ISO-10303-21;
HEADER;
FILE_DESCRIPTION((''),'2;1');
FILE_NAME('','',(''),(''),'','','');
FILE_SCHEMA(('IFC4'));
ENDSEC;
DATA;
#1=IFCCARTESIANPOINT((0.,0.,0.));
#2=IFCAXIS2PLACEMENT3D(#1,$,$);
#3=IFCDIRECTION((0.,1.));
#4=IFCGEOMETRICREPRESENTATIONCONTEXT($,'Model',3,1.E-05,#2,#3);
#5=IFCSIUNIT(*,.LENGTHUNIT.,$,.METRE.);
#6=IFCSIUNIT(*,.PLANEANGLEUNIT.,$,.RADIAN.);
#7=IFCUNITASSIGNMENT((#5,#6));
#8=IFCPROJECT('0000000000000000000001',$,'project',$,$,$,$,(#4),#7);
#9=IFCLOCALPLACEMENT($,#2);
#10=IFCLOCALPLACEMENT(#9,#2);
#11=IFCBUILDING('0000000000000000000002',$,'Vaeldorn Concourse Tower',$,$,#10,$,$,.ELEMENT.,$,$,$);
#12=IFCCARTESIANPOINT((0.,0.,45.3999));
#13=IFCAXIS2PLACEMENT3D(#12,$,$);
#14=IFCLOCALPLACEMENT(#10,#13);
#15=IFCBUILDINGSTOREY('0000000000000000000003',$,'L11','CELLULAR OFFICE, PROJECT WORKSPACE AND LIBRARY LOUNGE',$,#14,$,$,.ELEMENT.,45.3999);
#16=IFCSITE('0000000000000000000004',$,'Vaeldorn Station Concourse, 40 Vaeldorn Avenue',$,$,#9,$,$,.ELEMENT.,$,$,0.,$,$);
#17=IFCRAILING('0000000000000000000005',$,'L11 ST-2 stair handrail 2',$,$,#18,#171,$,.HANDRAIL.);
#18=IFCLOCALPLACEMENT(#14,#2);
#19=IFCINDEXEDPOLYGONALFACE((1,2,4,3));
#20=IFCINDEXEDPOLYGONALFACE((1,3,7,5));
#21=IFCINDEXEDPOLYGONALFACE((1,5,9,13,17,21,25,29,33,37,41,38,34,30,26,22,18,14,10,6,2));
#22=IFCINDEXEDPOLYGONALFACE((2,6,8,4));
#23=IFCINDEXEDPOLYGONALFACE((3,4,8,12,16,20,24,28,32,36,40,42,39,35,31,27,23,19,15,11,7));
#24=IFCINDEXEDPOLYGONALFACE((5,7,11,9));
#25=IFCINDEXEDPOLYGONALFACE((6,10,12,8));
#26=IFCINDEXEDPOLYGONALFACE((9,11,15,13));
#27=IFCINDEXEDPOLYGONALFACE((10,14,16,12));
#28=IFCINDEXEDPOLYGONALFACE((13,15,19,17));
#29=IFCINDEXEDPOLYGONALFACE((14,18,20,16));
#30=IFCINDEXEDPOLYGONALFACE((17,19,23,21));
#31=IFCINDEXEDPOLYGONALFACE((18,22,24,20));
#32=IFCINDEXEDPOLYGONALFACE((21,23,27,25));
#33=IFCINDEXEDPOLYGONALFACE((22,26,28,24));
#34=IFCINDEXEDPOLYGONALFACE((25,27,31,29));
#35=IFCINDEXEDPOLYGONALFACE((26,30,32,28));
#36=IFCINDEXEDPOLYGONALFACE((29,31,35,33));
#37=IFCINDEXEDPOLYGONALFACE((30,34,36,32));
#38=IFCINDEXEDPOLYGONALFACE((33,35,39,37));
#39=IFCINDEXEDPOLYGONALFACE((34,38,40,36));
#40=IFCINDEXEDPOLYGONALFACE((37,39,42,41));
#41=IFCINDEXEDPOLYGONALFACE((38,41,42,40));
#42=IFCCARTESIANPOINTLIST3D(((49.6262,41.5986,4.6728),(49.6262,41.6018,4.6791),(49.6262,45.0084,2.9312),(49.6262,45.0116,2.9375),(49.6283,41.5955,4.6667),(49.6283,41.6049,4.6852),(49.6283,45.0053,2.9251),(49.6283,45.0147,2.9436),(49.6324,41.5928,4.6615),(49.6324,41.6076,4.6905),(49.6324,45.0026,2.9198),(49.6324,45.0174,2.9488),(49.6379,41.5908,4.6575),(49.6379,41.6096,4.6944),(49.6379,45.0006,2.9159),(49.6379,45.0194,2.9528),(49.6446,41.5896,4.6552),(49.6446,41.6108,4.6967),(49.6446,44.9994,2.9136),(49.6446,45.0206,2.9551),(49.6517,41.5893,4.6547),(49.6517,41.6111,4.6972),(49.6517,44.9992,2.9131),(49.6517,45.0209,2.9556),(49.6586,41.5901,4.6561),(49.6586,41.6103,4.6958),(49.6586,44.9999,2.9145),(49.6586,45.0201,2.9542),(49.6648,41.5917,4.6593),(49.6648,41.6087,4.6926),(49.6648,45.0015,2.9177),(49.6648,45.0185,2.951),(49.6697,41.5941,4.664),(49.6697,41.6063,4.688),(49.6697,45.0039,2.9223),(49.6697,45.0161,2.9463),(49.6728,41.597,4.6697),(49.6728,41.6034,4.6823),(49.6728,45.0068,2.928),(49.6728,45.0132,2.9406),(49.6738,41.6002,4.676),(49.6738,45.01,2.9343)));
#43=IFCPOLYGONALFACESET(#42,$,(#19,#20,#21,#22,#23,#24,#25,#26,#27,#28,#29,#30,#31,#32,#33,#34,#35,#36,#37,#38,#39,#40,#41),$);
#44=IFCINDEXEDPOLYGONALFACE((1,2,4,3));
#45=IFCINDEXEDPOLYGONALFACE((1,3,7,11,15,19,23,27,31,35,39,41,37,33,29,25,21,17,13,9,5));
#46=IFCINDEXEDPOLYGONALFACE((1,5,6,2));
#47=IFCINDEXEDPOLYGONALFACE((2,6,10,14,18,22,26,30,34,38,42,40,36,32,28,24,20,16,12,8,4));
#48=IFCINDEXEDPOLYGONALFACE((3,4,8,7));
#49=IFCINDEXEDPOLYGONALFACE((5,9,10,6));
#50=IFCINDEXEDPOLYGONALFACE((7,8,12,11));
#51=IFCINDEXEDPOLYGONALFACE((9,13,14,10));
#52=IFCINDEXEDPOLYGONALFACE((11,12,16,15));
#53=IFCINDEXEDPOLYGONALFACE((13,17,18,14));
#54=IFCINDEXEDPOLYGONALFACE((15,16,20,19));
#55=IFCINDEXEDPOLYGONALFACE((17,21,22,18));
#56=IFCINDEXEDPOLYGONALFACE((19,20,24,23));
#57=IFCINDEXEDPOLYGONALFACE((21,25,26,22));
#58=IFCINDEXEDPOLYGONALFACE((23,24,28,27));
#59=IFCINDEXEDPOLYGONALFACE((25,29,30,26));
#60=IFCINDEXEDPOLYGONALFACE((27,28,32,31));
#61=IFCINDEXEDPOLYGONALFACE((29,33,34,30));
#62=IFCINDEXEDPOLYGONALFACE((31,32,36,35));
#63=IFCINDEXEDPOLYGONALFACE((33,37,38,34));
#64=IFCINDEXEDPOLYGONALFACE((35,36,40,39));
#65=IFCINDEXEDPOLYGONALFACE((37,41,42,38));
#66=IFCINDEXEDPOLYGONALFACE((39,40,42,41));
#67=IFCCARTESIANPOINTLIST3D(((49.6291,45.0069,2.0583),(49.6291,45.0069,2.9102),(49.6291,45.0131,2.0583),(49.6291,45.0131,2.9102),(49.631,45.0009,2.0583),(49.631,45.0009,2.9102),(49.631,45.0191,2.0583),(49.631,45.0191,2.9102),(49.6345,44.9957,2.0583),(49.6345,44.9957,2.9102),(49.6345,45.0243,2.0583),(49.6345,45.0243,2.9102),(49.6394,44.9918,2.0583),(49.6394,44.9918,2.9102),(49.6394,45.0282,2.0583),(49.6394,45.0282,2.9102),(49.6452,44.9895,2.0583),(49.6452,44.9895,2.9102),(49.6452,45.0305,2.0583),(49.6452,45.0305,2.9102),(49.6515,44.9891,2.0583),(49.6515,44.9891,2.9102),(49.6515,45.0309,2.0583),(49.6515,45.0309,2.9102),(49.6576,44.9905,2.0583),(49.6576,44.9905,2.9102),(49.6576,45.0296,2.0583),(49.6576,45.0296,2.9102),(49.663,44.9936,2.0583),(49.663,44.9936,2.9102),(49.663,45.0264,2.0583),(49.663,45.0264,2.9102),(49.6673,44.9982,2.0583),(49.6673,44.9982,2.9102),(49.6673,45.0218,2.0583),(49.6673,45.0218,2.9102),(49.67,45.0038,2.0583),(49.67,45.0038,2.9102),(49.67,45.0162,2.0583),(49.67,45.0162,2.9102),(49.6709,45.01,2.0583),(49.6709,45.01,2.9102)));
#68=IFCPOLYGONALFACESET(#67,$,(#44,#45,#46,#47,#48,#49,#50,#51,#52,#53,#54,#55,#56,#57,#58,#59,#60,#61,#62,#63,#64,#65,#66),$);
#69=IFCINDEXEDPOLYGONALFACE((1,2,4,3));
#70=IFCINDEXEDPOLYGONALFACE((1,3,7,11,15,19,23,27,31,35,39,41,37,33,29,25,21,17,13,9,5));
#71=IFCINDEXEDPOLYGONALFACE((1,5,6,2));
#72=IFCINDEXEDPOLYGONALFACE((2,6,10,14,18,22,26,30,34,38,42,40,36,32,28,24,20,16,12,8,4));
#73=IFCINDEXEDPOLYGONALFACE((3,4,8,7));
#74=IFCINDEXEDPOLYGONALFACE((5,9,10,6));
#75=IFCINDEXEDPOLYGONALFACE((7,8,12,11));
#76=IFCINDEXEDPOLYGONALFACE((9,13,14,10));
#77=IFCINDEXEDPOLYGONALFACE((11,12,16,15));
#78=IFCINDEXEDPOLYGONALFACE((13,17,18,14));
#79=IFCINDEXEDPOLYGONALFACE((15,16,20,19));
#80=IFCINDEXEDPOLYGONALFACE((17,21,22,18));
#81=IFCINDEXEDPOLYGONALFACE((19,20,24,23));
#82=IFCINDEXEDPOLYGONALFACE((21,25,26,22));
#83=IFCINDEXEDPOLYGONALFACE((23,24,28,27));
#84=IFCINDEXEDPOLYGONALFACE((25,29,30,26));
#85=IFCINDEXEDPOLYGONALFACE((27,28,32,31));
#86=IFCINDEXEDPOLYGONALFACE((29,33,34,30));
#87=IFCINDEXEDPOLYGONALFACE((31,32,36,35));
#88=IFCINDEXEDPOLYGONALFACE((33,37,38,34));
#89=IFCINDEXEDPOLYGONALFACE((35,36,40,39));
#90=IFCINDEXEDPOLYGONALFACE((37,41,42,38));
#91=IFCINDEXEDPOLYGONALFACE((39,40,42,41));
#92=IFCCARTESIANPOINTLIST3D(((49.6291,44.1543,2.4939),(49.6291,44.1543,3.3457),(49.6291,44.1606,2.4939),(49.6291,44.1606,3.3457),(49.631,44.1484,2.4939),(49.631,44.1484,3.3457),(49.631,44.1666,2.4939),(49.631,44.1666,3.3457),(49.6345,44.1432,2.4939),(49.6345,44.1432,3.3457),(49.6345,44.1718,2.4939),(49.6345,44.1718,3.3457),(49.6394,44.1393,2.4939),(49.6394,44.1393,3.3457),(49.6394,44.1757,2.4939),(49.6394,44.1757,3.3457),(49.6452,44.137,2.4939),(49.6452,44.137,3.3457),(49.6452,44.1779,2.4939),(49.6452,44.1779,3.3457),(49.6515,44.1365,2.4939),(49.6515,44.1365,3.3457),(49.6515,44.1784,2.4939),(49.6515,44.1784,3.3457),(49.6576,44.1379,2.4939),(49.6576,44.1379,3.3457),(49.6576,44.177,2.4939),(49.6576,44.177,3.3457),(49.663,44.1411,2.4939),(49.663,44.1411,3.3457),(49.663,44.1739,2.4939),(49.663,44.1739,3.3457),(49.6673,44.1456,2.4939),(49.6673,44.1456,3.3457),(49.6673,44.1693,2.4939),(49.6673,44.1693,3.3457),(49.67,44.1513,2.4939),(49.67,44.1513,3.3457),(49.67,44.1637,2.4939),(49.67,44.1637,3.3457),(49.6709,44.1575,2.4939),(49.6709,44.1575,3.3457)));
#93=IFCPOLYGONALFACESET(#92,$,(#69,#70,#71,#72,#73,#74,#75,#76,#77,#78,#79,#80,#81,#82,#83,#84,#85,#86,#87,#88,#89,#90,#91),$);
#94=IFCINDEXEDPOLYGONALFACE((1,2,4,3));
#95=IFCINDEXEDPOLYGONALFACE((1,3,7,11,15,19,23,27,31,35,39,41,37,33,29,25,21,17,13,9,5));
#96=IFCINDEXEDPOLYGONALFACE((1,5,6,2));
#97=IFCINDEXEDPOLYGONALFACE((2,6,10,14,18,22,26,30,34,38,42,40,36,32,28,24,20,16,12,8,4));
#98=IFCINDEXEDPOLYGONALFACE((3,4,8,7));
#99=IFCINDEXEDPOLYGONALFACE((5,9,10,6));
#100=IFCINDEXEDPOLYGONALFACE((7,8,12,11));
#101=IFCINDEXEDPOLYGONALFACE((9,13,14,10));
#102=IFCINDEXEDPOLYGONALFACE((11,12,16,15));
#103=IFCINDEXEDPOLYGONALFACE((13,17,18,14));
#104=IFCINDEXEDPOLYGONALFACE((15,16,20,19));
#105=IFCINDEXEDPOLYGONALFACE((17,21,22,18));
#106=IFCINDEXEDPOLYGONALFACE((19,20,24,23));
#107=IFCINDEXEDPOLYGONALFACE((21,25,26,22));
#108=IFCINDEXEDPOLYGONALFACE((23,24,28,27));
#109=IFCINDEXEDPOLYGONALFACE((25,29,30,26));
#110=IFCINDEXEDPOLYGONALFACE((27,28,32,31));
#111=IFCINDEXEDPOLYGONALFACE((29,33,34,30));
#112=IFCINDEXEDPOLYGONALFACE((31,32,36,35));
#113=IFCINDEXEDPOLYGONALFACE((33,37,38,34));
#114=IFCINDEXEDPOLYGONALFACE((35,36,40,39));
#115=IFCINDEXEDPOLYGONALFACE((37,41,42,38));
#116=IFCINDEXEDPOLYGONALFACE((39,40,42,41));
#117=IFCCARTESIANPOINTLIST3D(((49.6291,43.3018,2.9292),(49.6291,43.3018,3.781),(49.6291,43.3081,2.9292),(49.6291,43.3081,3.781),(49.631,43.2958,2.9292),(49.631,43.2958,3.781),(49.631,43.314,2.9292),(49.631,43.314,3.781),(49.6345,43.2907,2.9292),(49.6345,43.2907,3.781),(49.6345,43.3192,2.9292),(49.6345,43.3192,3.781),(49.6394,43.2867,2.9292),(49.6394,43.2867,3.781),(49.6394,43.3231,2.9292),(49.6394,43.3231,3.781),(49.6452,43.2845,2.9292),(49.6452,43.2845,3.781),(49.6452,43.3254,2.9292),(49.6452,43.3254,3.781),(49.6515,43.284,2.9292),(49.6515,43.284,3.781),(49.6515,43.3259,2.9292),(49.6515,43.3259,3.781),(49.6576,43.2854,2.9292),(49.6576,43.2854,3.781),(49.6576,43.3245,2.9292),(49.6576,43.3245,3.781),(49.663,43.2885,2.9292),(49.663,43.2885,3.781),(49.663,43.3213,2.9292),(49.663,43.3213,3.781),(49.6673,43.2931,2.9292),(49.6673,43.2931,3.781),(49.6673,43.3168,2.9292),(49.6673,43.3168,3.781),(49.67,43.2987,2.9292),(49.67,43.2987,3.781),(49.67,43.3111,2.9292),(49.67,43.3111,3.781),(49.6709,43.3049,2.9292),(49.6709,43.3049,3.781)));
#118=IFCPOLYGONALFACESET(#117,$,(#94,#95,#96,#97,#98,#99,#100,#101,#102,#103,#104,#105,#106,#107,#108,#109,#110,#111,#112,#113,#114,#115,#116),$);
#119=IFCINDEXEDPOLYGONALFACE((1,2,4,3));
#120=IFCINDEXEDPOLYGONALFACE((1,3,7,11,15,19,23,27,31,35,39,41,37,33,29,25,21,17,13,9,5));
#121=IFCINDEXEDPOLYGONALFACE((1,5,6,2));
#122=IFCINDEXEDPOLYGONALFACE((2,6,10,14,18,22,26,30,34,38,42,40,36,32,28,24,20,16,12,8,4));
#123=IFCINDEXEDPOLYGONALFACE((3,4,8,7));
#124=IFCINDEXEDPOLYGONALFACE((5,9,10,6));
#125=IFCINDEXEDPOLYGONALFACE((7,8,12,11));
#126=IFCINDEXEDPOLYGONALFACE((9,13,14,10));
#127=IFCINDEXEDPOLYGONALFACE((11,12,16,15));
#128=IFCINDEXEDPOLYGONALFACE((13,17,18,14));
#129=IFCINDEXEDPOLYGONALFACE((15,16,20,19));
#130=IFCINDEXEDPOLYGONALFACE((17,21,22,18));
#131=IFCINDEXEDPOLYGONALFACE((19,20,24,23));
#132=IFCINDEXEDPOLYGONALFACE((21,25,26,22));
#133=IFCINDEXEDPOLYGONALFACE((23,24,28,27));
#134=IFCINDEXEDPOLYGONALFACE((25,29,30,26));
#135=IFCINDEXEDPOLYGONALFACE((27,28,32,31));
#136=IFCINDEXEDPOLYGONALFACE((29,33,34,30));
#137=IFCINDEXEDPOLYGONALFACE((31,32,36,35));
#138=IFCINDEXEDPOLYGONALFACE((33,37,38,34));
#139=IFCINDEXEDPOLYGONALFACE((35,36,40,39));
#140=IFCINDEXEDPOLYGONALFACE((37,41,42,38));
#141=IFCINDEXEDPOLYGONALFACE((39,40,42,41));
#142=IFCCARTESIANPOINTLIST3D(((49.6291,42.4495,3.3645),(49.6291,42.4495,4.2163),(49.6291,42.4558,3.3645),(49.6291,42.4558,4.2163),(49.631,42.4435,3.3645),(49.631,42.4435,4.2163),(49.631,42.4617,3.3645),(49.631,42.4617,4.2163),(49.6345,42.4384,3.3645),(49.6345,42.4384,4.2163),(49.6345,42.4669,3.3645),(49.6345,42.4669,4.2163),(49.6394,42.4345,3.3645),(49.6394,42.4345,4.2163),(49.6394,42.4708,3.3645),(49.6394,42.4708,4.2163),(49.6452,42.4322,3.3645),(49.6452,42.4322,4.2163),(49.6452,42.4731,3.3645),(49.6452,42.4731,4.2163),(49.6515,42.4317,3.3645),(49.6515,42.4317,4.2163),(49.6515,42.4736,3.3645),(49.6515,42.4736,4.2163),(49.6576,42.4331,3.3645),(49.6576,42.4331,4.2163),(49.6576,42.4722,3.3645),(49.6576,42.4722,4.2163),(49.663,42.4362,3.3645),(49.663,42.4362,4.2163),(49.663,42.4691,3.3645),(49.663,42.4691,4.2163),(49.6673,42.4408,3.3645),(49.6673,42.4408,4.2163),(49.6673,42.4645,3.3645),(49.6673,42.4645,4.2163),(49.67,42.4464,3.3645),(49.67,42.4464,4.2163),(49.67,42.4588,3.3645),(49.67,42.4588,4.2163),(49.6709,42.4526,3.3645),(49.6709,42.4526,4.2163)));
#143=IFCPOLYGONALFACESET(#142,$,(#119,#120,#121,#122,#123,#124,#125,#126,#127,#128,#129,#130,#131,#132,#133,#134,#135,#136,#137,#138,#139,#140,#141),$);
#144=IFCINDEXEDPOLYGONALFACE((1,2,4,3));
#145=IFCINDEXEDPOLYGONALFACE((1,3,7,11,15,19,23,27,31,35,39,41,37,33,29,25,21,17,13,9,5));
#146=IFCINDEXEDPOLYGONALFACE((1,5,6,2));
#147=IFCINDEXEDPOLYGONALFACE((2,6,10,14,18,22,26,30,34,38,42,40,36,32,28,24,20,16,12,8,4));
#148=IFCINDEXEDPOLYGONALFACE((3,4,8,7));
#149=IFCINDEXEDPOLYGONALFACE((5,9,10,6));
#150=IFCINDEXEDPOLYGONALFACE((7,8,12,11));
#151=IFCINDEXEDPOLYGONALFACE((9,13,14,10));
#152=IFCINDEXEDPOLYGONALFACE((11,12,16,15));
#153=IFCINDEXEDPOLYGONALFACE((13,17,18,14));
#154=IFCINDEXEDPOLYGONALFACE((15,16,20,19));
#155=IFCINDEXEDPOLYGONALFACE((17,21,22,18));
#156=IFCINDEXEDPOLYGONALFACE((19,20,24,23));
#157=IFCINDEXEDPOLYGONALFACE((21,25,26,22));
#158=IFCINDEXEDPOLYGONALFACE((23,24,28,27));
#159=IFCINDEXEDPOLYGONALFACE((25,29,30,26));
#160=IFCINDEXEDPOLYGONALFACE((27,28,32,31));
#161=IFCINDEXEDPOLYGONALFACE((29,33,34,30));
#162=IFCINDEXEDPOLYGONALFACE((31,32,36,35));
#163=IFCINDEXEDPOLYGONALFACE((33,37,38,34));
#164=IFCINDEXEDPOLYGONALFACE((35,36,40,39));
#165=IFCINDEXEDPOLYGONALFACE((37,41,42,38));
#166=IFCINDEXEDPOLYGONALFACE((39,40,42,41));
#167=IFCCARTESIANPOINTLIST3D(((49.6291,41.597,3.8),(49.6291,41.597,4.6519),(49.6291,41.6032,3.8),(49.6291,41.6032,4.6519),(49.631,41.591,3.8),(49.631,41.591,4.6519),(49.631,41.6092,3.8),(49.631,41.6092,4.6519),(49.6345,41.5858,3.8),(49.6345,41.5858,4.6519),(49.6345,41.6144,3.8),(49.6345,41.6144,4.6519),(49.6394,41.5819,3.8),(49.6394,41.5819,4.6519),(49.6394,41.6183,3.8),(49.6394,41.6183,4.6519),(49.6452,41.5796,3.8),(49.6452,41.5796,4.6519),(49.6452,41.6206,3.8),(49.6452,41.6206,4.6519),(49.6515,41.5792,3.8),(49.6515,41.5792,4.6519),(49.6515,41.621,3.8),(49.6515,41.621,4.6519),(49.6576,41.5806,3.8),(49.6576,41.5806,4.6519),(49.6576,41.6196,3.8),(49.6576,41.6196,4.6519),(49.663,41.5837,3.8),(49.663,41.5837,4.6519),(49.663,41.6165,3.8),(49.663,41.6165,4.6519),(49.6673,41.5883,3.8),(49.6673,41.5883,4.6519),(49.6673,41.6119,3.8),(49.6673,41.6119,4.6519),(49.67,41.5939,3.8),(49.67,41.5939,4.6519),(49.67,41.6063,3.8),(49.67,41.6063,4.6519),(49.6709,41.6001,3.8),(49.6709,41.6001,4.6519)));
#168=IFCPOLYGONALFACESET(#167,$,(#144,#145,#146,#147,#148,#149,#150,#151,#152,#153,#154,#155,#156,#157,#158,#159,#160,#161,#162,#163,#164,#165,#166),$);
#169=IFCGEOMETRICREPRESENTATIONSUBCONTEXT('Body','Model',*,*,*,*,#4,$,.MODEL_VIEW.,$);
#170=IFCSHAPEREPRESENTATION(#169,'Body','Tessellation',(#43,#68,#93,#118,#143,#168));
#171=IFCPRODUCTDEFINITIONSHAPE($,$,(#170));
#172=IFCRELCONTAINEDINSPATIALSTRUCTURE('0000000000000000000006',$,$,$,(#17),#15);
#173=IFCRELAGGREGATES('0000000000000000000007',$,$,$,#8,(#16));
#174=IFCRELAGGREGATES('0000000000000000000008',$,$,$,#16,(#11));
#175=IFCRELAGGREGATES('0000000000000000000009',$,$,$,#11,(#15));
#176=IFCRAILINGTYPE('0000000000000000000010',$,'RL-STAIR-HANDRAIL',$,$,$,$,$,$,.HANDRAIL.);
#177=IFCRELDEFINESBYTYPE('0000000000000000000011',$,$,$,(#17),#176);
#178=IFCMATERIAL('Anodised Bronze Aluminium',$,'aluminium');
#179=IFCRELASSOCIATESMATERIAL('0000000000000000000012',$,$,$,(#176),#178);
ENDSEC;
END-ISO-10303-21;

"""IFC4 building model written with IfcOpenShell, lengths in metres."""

from ifc_helpers import new_model, si_unit, direction, frame, origin, origin_2d, place, context, subcontext, project, spatial, circle, extrude, material, type_object, element, save


model = new_model("IFC4")

# Units and contexts
model_context = context("Model", 3, precision=1e-05, world=origin(), true_north=direction((0.0, 1.0)))
body_context = subcontext(model_context, "Body", "Model", "MODEL_VIEW")
ifc_project = project(units=[si_unit("LENGTHUNIT", "METRE"), si_unit("PLANEANGLEUNIT", "RADIAN")], contexts=[model_context])

# Site, building, storey
site_placement = place(None, origin())
site = spatial("IfcSite", under=ifc_project, at=site_placement, Name="Vaeldorn Station Concourse, 40 Vaeldorn Avenue", CompositionType="ELEMENT", RefElevation=0.0)
building_placement = place(site_placement, origin())
building = spatial("IfcBuilding", under=site, at=building_placement, Name="Vaeldorn Concourse Tower", CompositionType="ELEMENT")
storey_placement = place(building_placement, frame((0.0, 0.0, 45.3999)))
storey = spatial("IfcBuildingStorey", under=building, at=storey_placement, Name="L11", Description="CELLULAR OFFICE, PROJECT WORKSPACE AND LIBRARY LOUNGE", CompositionType="ELEMENT", Elevation=45.3999)

# Shared definitions
ifc_material_1 = material(Name="Anodised Bronze Aluminium", Category="aluminium")

# Railing
railing_type_1 = type_object("IfcRailingType", Name="RL-STAIR-HANDRAIL", PredefinedType="HANDRAIL", material=ifc_material_1)
railing_1_placement = place(storey_placement, frame((49.6499, 45.01, 2.0583)))
element("IfcRailing", 1, at=railing_1_placement, inside=storey, type_object=railing_type_1, Name="L11 ST-2 stair handrail 2", PredefinedType="HANDRAIL", context=body_context, shape_type="SweptSolid", body=[
    extrude(circle(Radius=0.0239, at=origin_2d()), frame((0.0, 0.0, 0.876), z_axis=(0.0, -0.890556, 0.454874), x_axis=(1.0, 0.0, 0.0)), (0.0, 0.0, 1.0), 3.8289),
    extrude(circle(Radius=0.021, at=origin_2d()), origin(), (0.0, 0.0, 1.0), 0.8518),
    extrude(circle(Radius=0.021, at=origin_2d()), frame((0.0, -0.8525, 0.4355)), (0.0, 0.0, 1.0), 0.8518),
    extrude(circle(Radius=0.021, at=origin_2d()), frame((0.0, -1.7051, 0.8708)), (0.0, 0.0, 1.0), 0.8518),
    extrude(circle(Radius=0.021, at=origin_2d()), frame((0.0, -2.5574, 1.3062)), (0.0, 0.0, 1.0), 0.8518),
    extrude(circle(Radius=0.021, at=origin_2d()), frame((0.0, -3.4099, 1.7417)), (0.0, 0.0, 1.0), 0.8518),
])

save(model, "model.ifc")
